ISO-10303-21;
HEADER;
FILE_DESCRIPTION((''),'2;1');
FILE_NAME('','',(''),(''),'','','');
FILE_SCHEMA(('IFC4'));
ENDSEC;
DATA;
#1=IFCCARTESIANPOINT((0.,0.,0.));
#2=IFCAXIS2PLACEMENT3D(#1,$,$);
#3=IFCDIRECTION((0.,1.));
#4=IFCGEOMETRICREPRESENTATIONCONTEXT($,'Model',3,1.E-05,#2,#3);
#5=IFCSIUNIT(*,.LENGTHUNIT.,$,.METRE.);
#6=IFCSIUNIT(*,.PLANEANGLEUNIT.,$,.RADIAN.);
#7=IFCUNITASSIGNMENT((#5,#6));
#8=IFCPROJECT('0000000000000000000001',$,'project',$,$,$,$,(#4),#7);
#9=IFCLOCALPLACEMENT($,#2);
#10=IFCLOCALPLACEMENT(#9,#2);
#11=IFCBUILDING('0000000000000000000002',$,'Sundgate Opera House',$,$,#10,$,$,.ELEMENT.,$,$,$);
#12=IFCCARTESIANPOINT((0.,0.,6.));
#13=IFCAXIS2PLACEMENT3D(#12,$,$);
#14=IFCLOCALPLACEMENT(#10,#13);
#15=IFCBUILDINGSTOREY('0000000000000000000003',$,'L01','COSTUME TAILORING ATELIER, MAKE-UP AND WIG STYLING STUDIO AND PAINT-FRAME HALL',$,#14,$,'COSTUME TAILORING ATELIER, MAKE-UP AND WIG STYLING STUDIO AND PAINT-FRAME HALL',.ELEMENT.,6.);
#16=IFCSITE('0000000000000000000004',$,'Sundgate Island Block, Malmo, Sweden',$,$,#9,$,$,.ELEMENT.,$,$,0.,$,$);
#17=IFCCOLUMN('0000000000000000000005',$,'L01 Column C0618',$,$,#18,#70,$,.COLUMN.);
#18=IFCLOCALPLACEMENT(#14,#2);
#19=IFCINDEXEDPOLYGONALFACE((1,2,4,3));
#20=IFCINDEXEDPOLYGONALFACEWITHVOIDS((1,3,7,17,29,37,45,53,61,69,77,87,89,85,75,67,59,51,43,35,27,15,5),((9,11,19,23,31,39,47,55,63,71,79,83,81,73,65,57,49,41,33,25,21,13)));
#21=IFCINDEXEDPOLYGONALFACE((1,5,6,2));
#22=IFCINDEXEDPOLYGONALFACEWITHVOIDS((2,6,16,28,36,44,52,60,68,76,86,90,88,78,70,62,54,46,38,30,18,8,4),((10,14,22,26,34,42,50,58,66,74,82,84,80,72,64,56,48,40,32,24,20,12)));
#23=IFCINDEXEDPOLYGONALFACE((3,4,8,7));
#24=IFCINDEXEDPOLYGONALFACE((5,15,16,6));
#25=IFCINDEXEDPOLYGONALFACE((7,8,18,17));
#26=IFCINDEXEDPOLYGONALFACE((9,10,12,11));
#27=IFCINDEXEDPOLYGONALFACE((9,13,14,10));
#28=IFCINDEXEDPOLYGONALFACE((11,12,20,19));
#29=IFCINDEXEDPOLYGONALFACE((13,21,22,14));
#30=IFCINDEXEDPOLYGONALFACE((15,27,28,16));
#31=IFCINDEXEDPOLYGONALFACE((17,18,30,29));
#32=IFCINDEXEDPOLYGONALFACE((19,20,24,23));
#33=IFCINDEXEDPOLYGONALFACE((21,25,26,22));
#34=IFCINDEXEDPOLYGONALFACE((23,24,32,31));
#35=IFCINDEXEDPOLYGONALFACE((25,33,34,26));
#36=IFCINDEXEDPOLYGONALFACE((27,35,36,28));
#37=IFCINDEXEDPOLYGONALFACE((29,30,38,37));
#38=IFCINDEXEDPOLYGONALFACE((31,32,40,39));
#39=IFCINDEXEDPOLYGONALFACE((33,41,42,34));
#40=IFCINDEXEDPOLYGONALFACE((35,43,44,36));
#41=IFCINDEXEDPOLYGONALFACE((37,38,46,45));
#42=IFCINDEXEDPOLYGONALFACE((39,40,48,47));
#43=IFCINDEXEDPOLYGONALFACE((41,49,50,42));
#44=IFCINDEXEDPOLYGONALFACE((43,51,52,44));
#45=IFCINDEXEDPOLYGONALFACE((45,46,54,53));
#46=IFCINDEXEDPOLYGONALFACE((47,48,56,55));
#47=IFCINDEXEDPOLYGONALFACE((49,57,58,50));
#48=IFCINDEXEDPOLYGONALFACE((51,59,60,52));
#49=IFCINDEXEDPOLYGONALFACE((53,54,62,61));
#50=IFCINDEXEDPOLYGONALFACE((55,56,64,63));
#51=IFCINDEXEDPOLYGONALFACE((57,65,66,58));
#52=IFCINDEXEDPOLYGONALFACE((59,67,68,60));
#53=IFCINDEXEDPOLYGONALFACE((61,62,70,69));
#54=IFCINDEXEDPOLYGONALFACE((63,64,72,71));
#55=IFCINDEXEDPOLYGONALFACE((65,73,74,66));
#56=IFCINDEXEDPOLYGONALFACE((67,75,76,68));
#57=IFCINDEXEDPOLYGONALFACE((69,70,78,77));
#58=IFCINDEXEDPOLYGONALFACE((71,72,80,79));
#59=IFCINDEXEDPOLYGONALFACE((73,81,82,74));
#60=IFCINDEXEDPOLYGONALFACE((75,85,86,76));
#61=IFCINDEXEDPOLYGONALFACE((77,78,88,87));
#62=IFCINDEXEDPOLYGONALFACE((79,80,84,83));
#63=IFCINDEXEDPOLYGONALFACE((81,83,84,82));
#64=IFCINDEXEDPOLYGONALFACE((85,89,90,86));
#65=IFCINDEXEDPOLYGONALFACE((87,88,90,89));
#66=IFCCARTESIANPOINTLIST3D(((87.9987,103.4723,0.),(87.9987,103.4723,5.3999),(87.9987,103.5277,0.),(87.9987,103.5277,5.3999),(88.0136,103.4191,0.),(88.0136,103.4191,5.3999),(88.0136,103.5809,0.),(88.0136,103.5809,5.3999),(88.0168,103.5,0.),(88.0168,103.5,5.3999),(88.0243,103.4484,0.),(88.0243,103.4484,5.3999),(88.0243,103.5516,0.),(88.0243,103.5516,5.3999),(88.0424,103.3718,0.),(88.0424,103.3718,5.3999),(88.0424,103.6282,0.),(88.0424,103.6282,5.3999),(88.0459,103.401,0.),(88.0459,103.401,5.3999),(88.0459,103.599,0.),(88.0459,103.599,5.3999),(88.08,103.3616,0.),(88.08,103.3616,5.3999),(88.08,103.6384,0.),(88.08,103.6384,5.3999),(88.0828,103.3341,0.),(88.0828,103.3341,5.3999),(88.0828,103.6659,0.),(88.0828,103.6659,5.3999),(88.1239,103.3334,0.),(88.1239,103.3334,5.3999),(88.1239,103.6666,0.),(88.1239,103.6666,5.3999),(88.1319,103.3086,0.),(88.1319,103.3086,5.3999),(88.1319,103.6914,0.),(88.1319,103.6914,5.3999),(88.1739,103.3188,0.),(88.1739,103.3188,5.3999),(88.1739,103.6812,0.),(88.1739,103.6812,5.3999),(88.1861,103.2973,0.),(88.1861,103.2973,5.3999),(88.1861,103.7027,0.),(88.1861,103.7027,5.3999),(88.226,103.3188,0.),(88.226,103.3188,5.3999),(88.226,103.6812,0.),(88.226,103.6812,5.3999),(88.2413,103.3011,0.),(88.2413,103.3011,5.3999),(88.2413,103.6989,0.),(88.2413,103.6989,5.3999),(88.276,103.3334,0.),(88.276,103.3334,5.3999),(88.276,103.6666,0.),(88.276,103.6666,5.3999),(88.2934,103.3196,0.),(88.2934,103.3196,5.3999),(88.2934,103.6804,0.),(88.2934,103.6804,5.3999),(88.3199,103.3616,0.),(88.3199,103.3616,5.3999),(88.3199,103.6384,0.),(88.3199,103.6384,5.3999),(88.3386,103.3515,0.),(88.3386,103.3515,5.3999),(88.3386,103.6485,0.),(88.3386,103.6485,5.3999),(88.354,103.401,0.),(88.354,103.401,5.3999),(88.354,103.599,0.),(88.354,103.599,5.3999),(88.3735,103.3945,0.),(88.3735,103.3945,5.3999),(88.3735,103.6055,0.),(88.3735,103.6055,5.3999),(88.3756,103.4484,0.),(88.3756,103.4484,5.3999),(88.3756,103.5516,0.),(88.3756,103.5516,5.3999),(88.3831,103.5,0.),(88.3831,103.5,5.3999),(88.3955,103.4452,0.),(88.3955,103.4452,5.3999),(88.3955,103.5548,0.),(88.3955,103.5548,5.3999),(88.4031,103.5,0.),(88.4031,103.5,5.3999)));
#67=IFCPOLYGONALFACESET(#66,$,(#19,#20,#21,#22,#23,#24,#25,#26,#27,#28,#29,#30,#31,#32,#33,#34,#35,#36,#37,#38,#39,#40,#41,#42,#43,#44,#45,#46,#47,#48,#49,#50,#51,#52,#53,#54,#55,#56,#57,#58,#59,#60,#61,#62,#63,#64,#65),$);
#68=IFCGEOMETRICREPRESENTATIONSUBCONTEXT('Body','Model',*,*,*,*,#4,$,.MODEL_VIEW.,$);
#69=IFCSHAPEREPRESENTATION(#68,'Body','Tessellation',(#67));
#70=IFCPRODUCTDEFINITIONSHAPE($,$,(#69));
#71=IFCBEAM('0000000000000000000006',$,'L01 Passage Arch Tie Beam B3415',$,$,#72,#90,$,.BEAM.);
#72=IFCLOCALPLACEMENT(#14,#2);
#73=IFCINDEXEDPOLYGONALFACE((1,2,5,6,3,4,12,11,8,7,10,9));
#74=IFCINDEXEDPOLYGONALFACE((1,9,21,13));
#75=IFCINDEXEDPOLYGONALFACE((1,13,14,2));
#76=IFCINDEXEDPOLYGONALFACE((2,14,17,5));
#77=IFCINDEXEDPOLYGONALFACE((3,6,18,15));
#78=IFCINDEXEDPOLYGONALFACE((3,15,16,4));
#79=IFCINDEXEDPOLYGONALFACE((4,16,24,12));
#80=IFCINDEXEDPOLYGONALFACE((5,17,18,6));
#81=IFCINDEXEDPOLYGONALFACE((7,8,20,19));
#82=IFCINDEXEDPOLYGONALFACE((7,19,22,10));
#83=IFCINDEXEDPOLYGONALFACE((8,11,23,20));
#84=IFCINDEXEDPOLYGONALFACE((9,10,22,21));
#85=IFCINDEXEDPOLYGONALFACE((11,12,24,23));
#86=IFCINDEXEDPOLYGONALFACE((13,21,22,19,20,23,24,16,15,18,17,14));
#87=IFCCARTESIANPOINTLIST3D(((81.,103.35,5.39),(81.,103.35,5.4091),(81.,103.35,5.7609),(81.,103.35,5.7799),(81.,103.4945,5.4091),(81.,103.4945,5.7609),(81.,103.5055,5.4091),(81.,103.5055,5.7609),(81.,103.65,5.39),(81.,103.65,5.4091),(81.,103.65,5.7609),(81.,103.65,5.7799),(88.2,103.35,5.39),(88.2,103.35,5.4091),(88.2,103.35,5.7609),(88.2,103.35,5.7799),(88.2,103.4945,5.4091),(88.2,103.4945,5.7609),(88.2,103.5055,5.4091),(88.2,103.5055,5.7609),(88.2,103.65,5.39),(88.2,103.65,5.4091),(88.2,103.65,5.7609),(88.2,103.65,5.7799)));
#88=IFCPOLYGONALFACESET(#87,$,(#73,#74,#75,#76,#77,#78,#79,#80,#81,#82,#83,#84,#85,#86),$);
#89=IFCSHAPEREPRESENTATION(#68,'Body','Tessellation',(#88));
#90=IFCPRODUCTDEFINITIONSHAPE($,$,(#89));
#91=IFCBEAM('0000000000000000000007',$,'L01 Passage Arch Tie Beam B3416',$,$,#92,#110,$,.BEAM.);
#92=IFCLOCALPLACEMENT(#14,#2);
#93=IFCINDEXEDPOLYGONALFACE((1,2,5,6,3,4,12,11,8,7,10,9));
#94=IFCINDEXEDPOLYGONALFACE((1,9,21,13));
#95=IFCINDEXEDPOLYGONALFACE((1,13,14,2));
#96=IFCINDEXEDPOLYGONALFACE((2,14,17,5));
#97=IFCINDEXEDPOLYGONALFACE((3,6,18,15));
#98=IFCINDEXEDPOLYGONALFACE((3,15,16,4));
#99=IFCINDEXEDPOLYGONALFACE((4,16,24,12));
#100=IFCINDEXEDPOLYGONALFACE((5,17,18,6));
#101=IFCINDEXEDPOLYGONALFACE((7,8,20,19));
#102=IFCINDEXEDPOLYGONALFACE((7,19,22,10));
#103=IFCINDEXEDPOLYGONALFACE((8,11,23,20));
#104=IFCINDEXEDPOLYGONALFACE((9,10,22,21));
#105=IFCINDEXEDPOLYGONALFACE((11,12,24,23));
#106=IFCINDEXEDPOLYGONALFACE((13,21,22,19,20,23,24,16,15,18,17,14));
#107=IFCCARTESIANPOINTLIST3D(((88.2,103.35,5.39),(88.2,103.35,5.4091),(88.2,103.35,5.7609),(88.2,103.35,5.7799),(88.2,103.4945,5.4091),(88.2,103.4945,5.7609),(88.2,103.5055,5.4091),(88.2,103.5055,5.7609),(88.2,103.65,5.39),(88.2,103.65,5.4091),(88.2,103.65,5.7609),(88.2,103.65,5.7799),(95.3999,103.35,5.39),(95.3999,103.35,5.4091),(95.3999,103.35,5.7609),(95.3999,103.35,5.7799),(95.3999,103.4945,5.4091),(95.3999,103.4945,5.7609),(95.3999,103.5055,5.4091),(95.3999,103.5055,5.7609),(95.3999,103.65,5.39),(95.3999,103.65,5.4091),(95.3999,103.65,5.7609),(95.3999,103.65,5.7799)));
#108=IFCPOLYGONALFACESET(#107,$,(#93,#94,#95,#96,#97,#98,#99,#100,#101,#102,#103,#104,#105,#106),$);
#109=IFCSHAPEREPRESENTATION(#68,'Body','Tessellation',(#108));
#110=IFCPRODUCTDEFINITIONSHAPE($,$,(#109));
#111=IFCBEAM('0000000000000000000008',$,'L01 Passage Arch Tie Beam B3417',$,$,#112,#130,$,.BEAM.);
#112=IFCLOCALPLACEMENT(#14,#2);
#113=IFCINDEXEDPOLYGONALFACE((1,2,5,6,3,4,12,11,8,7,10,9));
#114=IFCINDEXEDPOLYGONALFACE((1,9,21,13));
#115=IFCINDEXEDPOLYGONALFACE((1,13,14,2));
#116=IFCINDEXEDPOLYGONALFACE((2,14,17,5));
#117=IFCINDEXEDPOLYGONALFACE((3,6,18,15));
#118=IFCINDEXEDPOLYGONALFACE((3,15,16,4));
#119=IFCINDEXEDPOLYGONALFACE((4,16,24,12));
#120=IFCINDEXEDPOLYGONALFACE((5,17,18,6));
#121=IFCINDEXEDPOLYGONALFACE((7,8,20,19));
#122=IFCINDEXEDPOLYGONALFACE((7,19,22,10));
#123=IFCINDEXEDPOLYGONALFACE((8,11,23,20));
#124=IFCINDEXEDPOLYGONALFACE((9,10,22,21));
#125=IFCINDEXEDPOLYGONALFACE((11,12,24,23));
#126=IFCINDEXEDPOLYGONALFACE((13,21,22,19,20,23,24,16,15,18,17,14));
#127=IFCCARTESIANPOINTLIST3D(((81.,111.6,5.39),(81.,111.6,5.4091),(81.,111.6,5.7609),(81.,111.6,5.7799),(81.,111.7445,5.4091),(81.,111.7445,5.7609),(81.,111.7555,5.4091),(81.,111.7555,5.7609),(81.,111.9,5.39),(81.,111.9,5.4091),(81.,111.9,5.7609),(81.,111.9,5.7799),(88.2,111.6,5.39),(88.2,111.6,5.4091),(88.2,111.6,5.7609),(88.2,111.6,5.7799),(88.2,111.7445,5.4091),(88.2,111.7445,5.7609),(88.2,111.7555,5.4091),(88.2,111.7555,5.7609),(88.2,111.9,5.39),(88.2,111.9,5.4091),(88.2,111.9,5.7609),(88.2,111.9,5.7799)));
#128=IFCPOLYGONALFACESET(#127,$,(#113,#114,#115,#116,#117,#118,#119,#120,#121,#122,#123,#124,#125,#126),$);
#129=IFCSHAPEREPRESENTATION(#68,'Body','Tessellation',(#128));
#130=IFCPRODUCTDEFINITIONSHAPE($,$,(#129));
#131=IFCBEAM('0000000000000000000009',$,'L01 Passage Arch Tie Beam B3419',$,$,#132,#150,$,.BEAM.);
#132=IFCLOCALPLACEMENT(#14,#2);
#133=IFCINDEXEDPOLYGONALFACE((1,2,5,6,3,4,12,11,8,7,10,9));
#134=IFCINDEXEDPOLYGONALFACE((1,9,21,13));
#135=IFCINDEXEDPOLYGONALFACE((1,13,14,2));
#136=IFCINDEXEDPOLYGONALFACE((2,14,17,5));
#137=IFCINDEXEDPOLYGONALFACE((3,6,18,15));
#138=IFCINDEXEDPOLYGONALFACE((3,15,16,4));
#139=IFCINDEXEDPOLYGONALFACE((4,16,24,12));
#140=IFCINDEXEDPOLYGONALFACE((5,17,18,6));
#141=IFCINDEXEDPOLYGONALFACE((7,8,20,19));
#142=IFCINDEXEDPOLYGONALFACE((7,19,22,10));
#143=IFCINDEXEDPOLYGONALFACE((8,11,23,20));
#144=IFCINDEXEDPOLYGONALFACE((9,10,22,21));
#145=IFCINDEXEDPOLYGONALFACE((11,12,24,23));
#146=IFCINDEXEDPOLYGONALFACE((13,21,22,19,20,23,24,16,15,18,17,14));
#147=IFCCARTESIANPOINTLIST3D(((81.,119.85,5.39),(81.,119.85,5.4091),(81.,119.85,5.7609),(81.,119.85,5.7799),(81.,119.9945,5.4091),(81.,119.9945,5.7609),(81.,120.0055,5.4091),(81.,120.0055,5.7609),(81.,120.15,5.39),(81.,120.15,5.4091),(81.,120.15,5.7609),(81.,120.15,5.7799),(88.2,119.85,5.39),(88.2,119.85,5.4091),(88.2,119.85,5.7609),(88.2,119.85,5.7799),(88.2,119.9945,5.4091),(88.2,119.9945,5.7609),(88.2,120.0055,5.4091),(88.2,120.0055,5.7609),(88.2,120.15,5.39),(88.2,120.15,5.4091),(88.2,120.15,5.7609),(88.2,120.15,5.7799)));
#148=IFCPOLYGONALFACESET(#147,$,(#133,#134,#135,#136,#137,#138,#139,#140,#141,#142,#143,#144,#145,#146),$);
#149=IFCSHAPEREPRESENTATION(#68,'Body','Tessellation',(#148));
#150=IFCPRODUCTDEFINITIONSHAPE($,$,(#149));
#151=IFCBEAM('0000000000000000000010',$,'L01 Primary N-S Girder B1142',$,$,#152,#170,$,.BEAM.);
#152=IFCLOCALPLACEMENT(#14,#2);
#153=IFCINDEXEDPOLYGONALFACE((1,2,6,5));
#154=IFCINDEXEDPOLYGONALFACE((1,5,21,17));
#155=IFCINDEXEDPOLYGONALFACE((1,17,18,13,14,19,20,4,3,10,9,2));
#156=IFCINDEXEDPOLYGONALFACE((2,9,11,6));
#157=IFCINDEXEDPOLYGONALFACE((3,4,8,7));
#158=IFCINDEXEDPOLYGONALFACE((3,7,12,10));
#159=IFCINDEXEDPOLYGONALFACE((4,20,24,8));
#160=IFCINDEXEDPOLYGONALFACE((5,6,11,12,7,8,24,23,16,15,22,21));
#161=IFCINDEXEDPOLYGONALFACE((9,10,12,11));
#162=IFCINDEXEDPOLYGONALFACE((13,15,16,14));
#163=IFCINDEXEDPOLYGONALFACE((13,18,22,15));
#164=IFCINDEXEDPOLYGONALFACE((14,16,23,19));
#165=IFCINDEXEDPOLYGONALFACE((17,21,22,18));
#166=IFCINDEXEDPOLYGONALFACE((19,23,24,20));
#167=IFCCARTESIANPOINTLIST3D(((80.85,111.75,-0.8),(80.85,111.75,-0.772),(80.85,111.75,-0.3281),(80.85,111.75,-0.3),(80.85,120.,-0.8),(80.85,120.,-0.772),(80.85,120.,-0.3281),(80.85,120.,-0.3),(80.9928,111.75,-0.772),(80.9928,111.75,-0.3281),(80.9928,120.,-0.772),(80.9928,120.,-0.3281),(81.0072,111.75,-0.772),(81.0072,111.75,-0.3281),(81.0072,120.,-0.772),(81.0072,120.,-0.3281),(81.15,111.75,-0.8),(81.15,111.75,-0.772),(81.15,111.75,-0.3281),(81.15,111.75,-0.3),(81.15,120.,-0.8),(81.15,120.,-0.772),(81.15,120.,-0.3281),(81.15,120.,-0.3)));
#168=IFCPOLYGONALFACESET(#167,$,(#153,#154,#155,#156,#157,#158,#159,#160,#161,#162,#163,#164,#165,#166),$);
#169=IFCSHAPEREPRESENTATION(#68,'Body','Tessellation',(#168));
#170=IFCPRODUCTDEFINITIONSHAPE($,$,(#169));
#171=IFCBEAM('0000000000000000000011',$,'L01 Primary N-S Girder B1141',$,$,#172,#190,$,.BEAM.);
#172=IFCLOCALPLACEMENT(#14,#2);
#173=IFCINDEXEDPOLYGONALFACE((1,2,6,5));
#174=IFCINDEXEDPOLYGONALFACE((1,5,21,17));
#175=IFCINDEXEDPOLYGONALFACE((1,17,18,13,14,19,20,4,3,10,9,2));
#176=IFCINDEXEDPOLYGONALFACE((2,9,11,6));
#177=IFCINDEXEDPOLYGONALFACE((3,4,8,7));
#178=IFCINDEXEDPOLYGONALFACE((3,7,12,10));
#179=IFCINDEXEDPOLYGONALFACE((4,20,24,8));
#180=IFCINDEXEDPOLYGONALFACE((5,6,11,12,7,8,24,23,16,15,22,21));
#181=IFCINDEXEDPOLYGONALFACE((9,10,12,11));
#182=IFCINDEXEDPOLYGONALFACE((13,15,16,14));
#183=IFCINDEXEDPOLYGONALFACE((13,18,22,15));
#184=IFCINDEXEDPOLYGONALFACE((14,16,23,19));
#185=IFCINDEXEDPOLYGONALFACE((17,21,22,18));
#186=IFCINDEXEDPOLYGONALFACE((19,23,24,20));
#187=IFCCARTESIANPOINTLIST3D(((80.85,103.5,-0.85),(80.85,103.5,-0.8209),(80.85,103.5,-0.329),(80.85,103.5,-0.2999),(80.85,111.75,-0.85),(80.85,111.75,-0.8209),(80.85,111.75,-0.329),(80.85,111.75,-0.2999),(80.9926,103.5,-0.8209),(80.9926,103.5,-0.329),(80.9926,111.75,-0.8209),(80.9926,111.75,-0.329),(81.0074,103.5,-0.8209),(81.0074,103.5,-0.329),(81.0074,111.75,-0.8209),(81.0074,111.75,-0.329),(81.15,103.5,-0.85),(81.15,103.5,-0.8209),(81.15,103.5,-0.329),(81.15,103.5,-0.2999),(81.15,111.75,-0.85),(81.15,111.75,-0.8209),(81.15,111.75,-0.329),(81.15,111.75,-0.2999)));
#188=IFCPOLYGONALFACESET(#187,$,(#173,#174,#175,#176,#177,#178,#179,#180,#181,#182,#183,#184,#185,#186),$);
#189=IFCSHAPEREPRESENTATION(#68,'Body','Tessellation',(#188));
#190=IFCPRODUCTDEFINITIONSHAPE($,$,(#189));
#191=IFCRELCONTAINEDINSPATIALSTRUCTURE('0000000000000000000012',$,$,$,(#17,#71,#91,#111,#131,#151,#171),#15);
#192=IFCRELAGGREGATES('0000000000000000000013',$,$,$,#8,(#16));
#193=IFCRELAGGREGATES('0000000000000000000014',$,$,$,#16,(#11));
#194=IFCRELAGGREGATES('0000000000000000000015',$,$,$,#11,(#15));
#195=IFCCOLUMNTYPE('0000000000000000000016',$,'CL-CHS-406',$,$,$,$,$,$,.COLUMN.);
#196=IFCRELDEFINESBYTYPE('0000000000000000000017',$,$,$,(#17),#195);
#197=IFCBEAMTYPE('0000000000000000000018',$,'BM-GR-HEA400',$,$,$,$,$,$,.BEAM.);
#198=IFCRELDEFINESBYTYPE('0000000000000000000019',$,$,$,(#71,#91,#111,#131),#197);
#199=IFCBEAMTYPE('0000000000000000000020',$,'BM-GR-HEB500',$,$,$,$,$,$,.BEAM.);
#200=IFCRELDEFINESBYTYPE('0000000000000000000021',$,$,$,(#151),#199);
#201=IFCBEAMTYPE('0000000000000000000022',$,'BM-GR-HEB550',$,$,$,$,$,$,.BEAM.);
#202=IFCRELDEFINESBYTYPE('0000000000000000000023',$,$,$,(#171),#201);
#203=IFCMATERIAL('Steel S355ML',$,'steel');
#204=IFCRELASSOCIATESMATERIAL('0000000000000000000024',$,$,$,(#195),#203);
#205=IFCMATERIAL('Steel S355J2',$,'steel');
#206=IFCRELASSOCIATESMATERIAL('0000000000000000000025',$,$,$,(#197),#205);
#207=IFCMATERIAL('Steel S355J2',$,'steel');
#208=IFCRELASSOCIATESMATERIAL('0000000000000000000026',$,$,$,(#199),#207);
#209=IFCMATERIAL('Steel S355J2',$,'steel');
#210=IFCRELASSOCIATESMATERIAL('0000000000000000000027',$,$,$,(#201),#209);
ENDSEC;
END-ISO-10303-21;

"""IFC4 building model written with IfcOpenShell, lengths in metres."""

from ifc_helpers import new_model, si_unit, direction, frame, origin, origin_2d, place, context, subcontext, project, spatial, hollow_circle, i_section, extrude, material, material_profile, profile_set, type_object, element, save


model = new_model("IFC4")

# Units and contexts
model_context = context("Model", 3, precision=1e-05, world=origin(), true_north=direction((0.0, 1.0)))
body_context = subcontext(model_context, "Body", "Model", "MODEL_VIEW")
ifc_project = project(units=[si_unit("LENGTHUNIT", "METRE"), si_unit("PLANEANGLEUNIT", "RADIAN")], contexts=[model_context])

# Site, building, storey
site_placement = place(None, origin())
site = spatial("IfcSite", under=ifc_project, at=site_placement, Name="Sundgate Island Block, Malmo, Sweden", CompositionType="ELEMENT", RefElevation=0.0)
building_placement = place(site_placement, origin())
building = spatial("IfcBuilding", under=site, at=building_placement, Name="Sundgate Opera House", CompositionType="ELEMENT")
storey_placement = place(building_placement, frame((0.0, 0.0, 6.0)))
storey = spatial("IfcBuildingStorey", under=building, at=storey_placement, Name="L01", Description="COSTUME TAILORING ATELIER, MAKE-UP AND WIG STYLING STUDIO AND PAINT-FRAME HALL", LongName="COSTUME TAILORING ATELIER, MAKE-UP AND WIG STYLING STUDIO AND PAINT-FRAME HALL", CompositionType="ELEMENT", Elevation=6.0)

# Column
ifc_material_1 = material(Name="Steel S355ML", Category="steel")
ifc_material_profile_1 = material_profile(ifc_material_1, hollow_circle(Radius=0.2031, WallThickness=0.02, at=origin_2d()), Name="CHS 406.4x20.0")
ifc_profile_set_1 = profile_set([ifc_material_profile_1], Name="Steel S355ML")
column_type = type_object("IfcColumnType", Name="CL-CHS-406", PredefinedType="COLUMN", material=ifc_profile_set_1)
for number, where, z_axis, x_axis, name in (
    (1, (88.2, 103.5, 0.0), (0.0, 0.0, 1.0), (1.0, 0.0, 0.0), "L01 Column C0618"),
):
    element("IfcColumn", number, at=place(storey_placement, frame(where, z_axis=z_axis, x_axis=x_axis)), inside=storey, type_object=column_type, Name=name, PredefinedType="COLUMN", context=body_context, shape_type="SweptSolid", body=[
        extrude(hollow_circle(Radius=0.2031, WallThickness=0.02, at=origin_2d()), origin(), (0.0, 0.0, 1.0), 5.3999),
    ])

# Beams
ifc_material_2 = material(Name="Steel S355J2", Category="steel")
ifc_material_profile_2 = material_profile(ifc_material_2, i_section(OverallWidth=0.3, OverallDepth=0.3899, WebThickness=0.011, FlangeThickness=0.019, at=origin_2d()), Name="HEA 400")
ifc_profile_set_2 = profile_set([ifc_material_profile_2], Name="Steel S355J2")
beam_type_1 = type_object("IfcBeamType", Name="BM-GR-HEA400", PredefinedType="BEAM", material=ifc_profile_set_2)
for number, where, z_axis, x_axis, name in (
    (2, (81.0, 103.5, 5.585), (1.0, 0.0, 0.0), (0.0, 1.0, 0.0), "L01 Passage Arch Tie Beam B3415"),
    (3, (88.2, 103.5, 5.585), (1.0, 0.0, 0.0), (0.0, 1.0, 0.0), "L01 Passage Arch Tie Beam B3416"),
    (4, (81.0, 111.75, 5.585), (1.0, 0.0, 0.0), (0.0, 1.0, 0.0), "L01 Passage Arch Tie Beam B3417"),
    (5, (81.0, 120.0, 5.585), (1.0, 0.0, 0.0), (0.0, 1.0, 0.0), "L01 Passage Arch Tie Beam B3419"),
):
    element("IfcBeam", number, at=place(storey_placement, frame(where, z_axis=z_axis, x_axis=x_axis)), inside=storey, type_object=beam_type_1, Name=name, PredefinedType="BEAM", context=body_context, shape_type="SweptSolid", body=[
        extrude(i_section(OverallWidth=0.3, OverallDepth=0.3899, WebThickness=0.011, FlangeThickness=0.019, at=origin_2d()), origin(), (0.0, 0.0, 1.0), 7.2),
    ])
ifc_material_3 = material(Name="Steel S355J2", Category="steel")
ifc_material_profile_3 = material_profile(ifc_material_3, i_section(OverallWidth=0.3, OverallDepth=0.5, WebThickness=0.0144, FlangeThickness=0.0281, at=origin_2d()), Name="HEB 500")
ifc_profile_set_3 = profile_set([ifc_material_profile_3], Name="Steel S355J2")
beam_type_2 = type_object("IfcBeamType", Name="BM-GR-HEB500", PredefinedType="BEAM", material=ifc_profile_set_3)
beam_1_placement = place(storey_placement, frame((81.0, 111.75, -0.55), z_axis=(0.0, 1.0, 0.0), x_axis=(-1.0, 0.0, 0.0)))
element("IfcBeam", 6, at=beam_1_placement, inside=storey, type_object=beam_type_2, Name="L01 Primary N-S Girder B1142", PredefinedType="BEAM", context=body_context, shape_type="SweptSolid", body=[
    extrude(i_section(OverallWidth=0.3, OverallDepth=0.5, WebThickness=0.0144, FlangeThickness=0.0281, at=origin_2d()), origin(), (0.0, 0.0, 1.0), 8.25),
])
ifc_material_4 = material(Name="Steel S355J2", Category="steel")
ifc_material_profile_4 = material_profile(ifc_material_4, i_section(OverallWidth=0.3, OverallDepth=0.55, WebThickness=0.0149, FlangeThickness=0.0291, at=origin_2d()), Name="HEB 550")
ifc_profile_set_4 = profile_set([ifc_material_profile_4], Name="Steel S355J2")
beam_type_3 = type_object("IfcBeamType", Name="BM-GR-HEB550", PredefinedType="BEAM", material=ifc_profile_set_4)
beam_2_placement = place(storey_placement, frame((81.0, 103.5, -0.575), z_axis=(0.0, 1.0, 0.0), x_axis=(-1.0, 0.0, 0.0)))
element("IfcBeam", 7, at=beam_2_placement, inside=storey, type_object=beam_type_3, Name="L01 Primary N-S Girder B1141", PredefinedType="BEAM", context=body_context, shape_type="SweptSolid", body=[
    extrude(i_section(OverallWidth=0.3, OverallDepth=0.55, WebThickness=0.0149, FlangeThickness=0.0291, at=origin_2d()), origin(), (0.0, 0.0, 1.0), 8.25),
])

save(model, "model.ifc")
